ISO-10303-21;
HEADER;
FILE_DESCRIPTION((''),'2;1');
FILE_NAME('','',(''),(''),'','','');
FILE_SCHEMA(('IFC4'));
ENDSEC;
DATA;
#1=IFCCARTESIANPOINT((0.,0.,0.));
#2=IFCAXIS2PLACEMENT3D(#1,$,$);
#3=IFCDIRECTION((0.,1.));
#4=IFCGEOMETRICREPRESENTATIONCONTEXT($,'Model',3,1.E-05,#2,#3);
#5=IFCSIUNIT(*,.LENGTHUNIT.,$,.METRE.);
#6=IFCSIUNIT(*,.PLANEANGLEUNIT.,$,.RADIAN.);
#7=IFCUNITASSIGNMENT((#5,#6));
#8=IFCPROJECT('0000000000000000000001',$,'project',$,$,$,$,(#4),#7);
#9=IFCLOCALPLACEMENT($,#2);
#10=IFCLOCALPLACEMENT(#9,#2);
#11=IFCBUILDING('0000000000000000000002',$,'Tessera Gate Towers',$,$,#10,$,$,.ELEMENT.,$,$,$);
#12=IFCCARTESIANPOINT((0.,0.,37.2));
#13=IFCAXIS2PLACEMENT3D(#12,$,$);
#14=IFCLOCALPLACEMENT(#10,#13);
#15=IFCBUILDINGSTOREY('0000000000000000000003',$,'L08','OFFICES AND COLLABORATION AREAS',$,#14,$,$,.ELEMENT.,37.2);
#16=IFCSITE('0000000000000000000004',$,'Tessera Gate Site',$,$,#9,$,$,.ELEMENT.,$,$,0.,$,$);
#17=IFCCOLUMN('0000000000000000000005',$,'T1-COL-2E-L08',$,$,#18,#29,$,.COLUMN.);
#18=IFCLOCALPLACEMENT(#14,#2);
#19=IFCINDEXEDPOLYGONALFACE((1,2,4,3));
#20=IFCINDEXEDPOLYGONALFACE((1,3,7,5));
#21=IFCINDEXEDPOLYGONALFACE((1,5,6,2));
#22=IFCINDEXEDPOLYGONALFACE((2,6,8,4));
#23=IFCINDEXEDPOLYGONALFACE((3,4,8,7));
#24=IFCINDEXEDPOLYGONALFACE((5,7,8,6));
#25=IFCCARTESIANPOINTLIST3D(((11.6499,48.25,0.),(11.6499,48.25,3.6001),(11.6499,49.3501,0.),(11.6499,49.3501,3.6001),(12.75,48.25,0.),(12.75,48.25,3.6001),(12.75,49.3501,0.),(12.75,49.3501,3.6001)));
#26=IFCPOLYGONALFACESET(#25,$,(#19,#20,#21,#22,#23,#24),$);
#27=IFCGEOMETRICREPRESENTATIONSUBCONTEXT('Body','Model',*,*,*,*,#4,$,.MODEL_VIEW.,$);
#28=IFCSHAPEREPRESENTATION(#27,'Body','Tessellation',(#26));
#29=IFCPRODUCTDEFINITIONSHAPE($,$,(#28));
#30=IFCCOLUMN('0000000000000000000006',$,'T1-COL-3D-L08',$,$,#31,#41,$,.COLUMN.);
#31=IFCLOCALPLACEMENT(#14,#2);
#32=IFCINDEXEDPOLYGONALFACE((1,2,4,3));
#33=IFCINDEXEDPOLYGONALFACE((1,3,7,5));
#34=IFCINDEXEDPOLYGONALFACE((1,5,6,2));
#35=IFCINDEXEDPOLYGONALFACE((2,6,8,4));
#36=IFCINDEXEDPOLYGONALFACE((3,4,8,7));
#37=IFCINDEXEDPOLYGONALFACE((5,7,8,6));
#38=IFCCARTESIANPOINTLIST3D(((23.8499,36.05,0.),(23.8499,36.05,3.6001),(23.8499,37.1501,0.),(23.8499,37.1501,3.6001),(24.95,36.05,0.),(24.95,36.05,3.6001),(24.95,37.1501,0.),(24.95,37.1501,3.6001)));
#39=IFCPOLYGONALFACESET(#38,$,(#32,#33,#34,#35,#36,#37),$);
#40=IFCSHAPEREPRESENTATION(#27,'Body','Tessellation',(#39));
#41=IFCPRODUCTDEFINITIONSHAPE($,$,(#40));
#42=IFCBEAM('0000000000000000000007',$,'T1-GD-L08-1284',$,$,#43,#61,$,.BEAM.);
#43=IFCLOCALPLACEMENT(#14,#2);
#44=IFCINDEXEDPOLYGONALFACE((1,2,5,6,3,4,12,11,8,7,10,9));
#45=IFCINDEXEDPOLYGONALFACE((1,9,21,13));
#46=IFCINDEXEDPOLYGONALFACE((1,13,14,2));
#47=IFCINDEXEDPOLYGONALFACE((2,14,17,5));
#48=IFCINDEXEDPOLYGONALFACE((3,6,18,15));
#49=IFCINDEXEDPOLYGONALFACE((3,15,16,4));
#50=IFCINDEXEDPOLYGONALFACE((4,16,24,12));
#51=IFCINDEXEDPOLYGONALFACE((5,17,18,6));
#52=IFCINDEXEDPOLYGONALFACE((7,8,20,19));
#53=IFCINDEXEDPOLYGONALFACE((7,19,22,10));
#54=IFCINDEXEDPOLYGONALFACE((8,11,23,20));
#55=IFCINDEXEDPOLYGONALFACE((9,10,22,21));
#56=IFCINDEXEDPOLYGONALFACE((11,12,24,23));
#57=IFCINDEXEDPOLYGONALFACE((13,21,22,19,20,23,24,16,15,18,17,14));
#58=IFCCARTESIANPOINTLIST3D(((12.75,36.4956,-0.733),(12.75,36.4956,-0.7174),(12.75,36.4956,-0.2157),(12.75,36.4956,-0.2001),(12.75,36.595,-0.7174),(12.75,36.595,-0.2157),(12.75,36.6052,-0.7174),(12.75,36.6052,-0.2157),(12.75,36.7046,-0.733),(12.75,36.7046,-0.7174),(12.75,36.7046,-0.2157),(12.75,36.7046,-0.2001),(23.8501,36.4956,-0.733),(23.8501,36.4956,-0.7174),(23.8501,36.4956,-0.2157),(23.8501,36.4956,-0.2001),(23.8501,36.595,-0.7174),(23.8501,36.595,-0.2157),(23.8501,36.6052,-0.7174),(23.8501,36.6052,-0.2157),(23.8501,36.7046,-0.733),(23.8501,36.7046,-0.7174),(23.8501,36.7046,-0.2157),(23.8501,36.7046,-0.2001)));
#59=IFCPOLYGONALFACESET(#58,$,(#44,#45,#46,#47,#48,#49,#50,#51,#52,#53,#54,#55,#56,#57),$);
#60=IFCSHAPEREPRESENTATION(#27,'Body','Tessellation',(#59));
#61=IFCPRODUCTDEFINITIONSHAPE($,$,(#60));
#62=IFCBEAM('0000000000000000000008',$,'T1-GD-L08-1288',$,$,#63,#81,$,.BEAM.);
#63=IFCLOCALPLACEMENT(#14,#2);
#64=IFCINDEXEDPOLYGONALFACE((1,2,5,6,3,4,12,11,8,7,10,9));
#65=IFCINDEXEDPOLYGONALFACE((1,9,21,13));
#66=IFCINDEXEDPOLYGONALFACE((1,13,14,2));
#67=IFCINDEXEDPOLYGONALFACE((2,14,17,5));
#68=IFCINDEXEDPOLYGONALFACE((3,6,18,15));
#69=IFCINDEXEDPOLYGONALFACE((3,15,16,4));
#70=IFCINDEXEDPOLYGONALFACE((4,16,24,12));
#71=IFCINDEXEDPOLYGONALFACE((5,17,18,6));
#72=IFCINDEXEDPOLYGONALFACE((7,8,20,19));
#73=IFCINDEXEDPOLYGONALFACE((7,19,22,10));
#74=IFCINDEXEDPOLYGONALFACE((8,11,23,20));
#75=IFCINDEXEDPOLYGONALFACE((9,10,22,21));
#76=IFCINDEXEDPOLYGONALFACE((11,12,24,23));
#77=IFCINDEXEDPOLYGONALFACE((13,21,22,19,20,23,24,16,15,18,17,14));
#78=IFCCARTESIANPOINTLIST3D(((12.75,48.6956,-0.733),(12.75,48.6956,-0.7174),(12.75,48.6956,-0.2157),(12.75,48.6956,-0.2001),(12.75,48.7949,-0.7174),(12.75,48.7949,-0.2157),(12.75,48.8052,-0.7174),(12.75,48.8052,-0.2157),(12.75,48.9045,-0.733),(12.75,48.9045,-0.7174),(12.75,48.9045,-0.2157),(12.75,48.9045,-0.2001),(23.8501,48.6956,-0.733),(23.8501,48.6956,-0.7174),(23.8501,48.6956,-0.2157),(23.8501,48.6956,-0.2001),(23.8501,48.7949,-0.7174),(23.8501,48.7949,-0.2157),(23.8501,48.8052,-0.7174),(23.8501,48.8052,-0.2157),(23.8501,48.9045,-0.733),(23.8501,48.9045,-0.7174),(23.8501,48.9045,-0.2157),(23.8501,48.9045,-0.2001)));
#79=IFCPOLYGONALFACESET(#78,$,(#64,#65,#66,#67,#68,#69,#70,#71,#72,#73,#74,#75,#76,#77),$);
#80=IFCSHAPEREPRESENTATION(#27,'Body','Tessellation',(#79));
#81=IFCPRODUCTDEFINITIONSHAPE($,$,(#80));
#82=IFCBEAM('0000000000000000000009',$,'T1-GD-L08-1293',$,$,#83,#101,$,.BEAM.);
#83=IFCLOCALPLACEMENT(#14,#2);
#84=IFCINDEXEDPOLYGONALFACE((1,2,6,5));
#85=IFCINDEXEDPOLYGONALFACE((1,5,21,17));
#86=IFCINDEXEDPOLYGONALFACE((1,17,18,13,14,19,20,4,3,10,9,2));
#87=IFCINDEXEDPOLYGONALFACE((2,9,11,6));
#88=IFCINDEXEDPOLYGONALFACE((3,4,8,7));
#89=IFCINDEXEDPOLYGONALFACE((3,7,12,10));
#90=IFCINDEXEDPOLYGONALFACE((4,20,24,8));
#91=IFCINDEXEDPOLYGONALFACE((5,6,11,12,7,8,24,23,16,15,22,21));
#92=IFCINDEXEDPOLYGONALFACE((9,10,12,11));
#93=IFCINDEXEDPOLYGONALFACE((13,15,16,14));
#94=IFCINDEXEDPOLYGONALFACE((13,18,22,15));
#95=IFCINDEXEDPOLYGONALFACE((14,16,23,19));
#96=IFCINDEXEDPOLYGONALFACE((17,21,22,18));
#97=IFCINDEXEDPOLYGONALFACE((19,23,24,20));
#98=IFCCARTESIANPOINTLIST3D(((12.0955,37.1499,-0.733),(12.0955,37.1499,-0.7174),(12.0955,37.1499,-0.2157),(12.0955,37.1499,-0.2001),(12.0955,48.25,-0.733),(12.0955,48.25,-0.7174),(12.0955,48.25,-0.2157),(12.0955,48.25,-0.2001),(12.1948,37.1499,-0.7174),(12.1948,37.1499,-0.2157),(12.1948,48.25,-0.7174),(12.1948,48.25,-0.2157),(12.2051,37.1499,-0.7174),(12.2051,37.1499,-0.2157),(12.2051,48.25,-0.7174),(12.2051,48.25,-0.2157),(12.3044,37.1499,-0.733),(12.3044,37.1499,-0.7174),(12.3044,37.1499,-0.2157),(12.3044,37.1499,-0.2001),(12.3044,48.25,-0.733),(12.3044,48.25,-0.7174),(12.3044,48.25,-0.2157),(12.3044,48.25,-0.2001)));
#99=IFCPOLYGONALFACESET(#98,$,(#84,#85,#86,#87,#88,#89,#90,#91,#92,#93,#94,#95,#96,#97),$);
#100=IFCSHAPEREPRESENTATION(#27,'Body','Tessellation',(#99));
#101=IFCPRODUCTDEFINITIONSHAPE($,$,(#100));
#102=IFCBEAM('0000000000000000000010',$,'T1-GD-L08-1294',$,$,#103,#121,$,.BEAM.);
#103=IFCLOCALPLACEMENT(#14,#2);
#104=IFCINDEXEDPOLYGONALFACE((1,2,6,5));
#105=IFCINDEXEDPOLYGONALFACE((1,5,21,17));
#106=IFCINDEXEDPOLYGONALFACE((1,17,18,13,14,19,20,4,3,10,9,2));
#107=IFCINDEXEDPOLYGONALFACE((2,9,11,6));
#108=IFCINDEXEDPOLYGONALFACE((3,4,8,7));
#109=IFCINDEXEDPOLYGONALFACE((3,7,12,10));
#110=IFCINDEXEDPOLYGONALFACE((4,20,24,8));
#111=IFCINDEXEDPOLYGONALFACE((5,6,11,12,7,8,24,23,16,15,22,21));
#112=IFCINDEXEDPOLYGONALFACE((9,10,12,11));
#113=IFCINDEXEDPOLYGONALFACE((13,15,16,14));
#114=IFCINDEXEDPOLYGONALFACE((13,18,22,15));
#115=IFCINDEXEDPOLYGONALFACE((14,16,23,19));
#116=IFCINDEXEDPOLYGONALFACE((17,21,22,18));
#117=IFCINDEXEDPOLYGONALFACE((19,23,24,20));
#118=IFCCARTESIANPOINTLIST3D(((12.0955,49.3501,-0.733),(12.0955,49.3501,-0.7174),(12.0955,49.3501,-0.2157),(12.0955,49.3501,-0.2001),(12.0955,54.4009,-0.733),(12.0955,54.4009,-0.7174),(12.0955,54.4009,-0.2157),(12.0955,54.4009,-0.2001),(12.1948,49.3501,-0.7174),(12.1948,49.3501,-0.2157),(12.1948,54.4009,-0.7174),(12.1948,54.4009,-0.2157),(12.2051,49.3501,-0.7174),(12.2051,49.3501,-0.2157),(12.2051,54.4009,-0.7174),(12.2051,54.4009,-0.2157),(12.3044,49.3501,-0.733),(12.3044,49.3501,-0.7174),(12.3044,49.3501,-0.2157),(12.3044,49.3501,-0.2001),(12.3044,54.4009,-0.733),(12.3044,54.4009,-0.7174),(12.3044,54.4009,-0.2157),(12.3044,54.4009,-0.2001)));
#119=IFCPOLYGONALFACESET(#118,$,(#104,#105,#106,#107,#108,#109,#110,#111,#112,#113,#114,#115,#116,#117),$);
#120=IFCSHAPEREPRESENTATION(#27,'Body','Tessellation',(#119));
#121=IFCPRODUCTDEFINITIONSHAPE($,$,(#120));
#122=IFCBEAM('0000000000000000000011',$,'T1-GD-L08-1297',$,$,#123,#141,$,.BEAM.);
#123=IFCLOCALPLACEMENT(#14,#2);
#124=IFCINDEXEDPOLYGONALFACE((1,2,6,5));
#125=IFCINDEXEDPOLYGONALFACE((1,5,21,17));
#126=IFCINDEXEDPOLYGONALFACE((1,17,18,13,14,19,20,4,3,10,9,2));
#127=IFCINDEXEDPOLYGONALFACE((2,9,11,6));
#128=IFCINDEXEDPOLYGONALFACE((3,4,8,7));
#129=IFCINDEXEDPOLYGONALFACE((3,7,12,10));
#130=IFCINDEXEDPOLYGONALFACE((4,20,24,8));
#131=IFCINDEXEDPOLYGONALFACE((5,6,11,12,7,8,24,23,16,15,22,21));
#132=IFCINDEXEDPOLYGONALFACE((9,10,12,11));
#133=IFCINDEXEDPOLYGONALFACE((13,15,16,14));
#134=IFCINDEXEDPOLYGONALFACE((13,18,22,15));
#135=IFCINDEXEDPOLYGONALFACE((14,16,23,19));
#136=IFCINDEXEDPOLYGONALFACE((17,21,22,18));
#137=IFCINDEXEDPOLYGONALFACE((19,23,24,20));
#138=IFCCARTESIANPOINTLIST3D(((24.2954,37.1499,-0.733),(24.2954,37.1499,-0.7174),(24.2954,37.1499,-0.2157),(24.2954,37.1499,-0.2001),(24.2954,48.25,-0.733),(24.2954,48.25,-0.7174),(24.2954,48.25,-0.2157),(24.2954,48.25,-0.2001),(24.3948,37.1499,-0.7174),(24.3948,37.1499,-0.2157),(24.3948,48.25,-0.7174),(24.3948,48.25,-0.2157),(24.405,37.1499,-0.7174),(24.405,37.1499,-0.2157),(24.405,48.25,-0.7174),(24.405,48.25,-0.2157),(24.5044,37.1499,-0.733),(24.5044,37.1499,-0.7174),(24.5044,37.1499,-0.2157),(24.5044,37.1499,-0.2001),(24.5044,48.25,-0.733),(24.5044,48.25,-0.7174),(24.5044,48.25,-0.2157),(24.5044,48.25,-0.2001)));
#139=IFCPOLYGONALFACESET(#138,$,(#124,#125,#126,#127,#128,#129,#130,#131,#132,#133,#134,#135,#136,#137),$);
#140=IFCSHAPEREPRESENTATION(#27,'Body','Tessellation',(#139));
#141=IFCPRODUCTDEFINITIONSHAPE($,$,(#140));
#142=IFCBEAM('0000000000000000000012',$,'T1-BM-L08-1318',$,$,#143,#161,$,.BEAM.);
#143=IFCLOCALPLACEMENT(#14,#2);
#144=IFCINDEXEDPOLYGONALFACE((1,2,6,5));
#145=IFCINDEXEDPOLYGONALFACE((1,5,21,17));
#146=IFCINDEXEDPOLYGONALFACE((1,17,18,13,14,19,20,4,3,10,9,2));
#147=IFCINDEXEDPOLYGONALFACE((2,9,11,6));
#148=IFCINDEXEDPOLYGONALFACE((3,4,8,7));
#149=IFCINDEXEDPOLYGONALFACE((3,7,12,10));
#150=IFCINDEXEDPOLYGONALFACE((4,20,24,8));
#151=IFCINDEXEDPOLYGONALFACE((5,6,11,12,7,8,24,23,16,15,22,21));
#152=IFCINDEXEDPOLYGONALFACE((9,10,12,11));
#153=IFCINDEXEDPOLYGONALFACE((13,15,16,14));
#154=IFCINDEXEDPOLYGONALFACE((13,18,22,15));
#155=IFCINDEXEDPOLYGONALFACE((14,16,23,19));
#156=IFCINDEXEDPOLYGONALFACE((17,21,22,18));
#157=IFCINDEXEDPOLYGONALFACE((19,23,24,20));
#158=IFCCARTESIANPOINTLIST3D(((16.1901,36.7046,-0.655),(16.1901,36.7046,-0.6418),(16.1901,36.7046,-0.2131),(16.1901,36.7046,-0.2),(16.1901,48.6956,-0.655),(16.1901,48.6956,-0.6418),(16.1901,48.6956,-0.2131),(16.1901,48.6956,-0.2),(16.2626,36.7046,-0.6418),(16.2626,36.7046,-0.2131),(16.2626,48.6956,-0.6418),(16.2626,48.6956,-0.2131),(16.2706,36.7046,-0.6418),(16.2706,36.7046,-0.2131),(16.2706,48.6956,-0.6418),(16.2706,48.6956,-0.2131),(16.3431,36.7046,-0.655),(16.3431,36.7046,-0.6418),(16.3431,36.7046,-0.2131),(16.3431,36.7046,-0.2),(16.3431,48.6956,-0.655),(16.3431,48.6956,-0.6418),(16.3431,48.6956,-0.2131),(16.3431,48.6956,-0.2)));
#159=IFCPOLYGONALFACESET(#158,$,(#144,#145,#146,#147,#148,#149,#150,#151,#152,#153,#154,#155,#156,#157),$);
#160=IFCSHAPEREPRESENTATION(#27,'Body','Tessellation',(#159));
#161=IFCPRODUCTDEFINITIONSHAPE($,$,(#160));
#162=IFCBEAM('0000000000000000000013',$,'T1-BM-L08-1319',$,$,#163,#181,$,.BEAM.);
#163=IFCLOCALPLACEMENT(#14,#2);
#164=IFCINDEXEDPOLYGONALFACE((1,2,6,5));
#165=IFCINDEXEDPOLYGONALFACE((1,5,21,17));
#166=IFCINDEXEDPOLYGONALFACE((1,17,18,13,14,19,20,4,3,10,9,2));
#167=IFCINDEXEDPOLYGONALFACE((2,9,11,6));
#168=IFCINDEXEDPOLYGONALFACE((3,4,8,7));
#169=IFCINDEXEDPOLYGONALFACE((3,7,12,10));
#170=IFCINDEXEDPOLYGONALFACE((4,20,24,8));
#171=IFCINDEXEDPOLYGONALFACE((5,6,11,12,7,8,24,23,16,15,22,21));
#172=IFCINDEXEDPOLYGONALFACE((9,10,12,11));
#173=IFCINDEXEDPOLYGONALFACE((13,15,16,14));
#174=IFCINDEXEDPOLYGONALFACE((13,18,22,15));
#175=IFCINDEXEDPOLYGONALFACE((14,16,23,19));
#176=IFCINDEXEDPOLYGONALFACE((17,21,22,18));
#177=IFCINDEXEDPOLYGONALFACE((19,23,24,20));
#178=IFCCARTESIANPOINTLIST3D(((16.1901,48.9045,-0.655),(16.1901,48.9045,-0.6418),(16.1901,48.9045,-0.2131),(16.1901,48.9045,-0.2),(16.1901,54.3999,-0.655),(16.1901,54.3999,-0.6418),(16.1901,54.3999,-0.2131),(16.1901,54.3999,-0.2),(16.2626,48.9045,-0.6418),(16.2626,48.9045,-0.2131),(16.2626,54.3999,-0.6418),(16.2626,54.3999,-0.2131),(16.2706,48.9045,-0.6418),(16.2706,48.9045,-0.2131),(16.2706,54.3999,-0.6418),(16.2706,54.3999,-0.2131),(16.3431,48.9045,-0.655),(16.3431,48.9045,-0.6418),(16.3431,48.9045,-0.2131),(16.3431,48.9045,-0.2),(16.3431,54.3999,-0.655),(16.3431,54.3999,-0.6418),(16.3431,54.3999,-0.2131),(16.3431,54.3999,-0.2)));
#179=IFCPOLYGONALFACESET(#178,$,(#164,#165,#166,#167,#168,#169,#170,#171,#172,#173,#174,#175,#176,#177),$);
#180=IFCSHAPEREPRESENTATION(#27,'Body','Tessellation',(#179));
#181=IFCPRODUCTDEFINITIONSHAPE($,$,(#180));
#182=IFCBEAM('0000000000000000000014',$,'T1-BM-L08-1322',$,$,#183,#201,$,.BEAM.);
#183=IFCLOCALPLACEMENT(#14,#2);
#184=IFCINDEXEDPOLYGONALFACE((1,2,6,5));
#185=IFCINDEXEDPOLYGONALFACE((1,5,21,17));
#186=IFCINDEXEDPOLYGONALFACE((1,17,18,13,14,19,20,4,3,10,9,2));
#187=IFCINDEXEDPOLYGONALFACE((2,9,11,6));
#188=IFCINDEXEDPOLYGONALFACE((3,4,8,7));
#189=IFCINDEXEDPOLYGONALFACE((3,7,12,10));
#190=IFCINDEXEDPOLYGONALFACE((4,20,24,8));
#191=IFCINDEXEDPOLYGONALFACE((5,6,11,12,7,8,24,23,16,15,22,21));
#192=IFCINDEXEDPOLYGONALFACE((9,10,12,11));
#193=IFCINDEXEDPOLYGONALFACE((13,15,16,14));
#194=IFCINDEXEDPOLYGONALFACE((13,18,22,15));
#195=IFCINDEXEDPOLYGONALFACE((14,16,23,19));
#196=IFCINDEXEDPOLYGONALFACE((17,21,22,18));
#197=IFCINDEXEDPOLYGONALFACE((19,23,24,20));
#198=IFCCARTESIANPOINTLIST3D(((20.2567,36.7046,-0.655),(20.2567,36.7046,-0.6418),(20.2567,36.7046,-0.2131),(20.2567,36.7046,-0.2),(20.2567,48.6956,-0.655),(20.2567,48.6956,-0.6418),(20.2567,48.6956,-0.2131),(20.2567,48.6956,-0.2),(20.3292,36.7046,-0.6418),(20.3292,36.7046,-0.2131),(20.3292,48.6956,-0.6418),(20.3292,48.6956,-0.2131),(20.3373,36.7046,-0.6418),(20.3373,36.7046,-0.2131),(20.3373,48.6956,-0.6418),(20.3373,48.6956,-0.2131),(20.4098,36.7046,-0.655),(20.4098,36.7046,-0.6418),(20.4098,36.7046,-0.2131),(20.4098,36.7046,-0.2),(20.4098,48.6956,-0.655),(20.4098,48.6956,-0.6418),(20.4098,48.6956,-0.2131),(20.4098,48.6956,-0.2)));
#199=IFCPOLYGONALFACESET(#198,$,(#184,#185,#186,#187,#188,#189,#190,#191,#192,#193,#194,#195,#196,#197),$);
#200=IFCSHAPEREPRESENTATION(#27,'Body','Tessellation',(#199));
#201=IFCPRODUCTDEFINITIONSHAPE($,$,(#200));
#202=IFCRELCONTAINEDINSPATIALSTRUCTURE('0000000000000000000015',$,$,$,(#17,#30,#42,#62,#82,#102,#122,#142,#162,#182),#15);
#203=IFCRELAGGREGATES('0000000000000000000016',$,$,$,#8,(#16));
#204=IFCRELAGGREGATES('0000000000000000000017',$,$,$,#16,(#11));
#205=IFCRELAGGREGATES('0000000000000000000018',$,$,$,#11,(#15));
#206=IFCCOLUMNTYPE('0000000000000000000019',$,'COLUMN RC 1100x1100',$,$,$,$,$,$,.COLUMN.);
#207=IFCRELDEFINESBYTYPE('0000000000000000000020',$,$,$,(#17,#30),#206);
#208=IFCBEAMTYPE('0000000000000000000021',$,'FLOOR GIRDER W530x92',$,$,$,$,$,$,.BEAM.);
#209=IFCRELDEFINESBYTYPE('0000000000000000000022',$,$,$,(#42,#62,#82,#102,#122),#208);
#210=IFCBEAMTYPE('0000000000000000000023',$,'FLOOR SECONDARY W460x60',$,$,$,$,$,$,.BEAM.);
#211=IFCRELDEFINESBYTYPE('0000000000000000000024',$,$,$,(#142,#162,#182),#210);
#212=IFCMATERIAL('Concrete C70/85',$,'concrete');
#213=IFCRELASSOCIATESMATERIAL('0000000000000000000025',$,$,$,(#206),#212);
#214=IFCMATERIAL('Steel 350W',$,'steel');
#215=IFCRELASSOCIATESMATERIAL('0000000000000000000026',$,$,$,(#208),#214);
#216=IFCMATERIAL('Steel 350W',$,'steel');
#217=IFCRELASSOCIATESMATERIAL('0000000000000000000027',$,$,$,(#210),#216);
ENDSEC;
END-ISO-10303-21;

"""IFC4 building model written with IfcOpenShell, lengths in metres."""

from ifc_helpers import new_model, si_unit, direction, frame, origin, origin_2d, place, context, subcontext, project, spatial, rectangle, i_section, extrude, material, material_profile, profile_set, type_object, element, save


model = new_model("IFC4")

# Units and contexts
model_context = context("Model", 3, precision=1e-05, world=origin(), true_north=direction((0.0, 1.0)))
body_context = subcontext(model_context, "Body", "Model", "MODEL_VIEW")
ifc_project = project(units=[si_unit("LENGTHUNIT", "METRE"), si_unit("PLANEANGLEUNIT", "RADIAN")], contexts=[model_context])

# Site, building, storey
site_placement = place(None, origin())
site = spatial("IfcSite", under=ifc_project, at=site_placement, Name="Tessera Gate Site", CompositionType="ELEMENT", RefElevation=0.0)
building_placement = place(site_placement, origin())
building = spatial("IfcBuilding", under=site, at=building_placement, Name="Tessera Gate Towers", CompositionType="ELEMENT")
storey_placement = place(building_placement, frame((0.0, 0.0, 37.2)))
storey = spatial("IfcBuildingStorey", under=building, at=storey_placement, Name="L08", Description="OFFICES AND COLLABORATION AREAS", CompositionType="ELEMENT", Elevation=37.2)

# Columns
ifc_material_1 = material(Name="Concrete C70/85", Category="concrete")
ifc_material_profile_1 = material_profile(ifc_material_1, rectangle(XDim=1.1001, YDim=1.1001, at=origin_2d()), Name="RC 1100x1100")
ifc_profile_set_1 = profile_set([ifc_material_profile_1], Name="Concrete C70/85")
column_type = type_object("IfcColumnType", Name="COLUMN RC 1100x1100", PredefinedType="COLUMN", material=ifc_profile_set_1)
for number, where, z_axis, x_axis, name in (
    (1, (12.2, 48.8, 0.0), (0.0, 0.0, 1.0), (1.0, 0.0, 0.0), "T1-COL-2E-L08"),
    (2, (24.3999, 36.6001, 0.0), (0.0, 0.0, 1.0), (1.0, 0.0, 0.0), "T1-COL-3D-L08"),
):
    element("IfcColumn", number, at=place(storey_placement, frame(where, z_axis=z_axis, x_axis=x_axis)), inside=storey, type_object=column_type, Name=name, PredefinedType="COLUMN", context=body_context, shape_type="SweptSolid", body=[
        extrude(rectangle(XDim=1.1001, YDim=1.1001, at=origin_2d()), origin(), (0.0, 0.0, 1.0), 3.6001),
    ])

# Beams
ifc_material_2 = material(Name="Steel 350W", Category="steel")
ifc_material_profile_2 = material_profile(ifc_material_2, i_section(OverallWidth=0.209, OverallDepth=0.533, WebThickness=0.0103, FlangeThickness=0.0156, at=origin_2d()), Name="W530x92")
ifc_profile_set_2 = profile_set([ifc_material_profile_2], Name="Steel 350W")
beam_type_1 = type_object("IfcBeamType", Name="FLOOR GIRDER W530x92", PredefinedType="BEAM", material=ifc_profile_set_2)
for number, where, z_axis, x_axis, name in (
    (3, (12.75, 36.6001, -0.4666), (1.0, 0.0, 0.0), (0.0, 1.0, 0.0), "T1-GD-L08-1284"),
    (4, (12.75, 48.8, -0.4666), (1.0, 0.0, 0.0), (0.0, 1.0, 0.0), "T1-GD-L08-1288"),
    (5, (12.2, 37.1499, -0.4666), (0.0, 1.0, 0.0), (-1.0, 0.0, 0.0), "T1-GD-L08-1293"),
):
    element("IfcBeam", number, at=place(storey_placement, frame(where, z_axis=z_axis, x_axis=x_axis)), inside=storey, type_object=beam_type_1, Name=name, PredefinedType="BEAM", context=body_context, shape_type="SweptSolid", body=[
        extrude(i_section(OverallWidth=0.209, OverallDepth=0.533, WebThickness=0.0103, FlangeThickness=0.0156, at=origin_2d()), origin(), (0.0, 0.0, 1.0), 11.1001),
    ])
beam_1_placement = place(storey_placement, frame((12.2, 49.3501, -0.4666), z_axis=(0.0, 1.0, 0.0), x_axis=(-1.0, 0.0, 0.0)))
element("IfcBeam", 6, at=beam_1_placement, inside=storey, type_object=beam_type_1, Name="T1-GD-L08-1294", PredefinedType="BEAM", context=body_context, shape_type="SweptSolid", body=[
    extrude(i_section(OverallWidth=0.209, OverallDepth=0.533, WebThickness=0.0103, FlangeThickness=0.0156, at=origin_2d()), origin(), (0.0, 0.0, 1.0), 5.0508),
])
beam_2_placement = place(storey_placement, frame((24.3999, 37.1499, -0.4666), z_axis=(0.0, 1.0, 0.0), x_axis=(-1.0, 0.0, 0.0)))
element("IfcBeam", 7, at=beam_2_placement, inside=storey, type_object=beam_type_1, Name="T1-GD-L08-1297", PredefinedType="BEAM", context=body_context, shape_type="SweptSolid", body=[
    extrude(i_section(OverallWidth=0.209, OverallDepth=0.533, WebThickness=0.0103, FlangeThickness=0.0156, at=origin_2d()), origin(), (0.0, 0.0, 1.0), 11.1001),
])
ifc_material_3 = material(Name="Steel 350W", Category="steel")
ifc_material_profile_3 = material_profile(ifc_material_3, i_section(OverallWidth=0.1531, OverallDepth=0.4551, WebThickness=0.0081, FlangeThickness=0.0132, at=origin_2d()), Name="W460x60")
ifc_profile_set_3 = profile_set([ifc_material_profile_3], Name="Steel 350W")
beam_type_2 = type_object("IfcBeamType", Name="FLOOR SECONDARY W460x60", PredefinedType="BEAM", material=ifc_profile_set_3)
beam_3_placement = place(storey_placement, frame((16.2666, 36.7046, -0.4275), z_axis=(0.0, 1.0, 0.0), x_axis=(-1.0, 0.0, 0.0)))
element("IfcBeam", 8, at=beam_3_placement, inside=storey, type_object=beam_type_2, Name="T1-BM-L08-1318", PredefinedType="BEAM", context=body_context, shape_type="SweptSolid", body=[
    extrude(i_section(OverallWidth=0.1531, OverallDepth=0.4551, WebThickness=0.0081, FlangeThickness=0.0132, at=origin_2d()), origin(), (0.0, 0.0, 1.0), 11.991),
])
beam_4_placement = place(storey_placement, frame((16.2666, 48.9045, -0.4275), z_axis=(0.0, 1.0, 0.0), x_axis=(-1.0, 0.0, 0.0)))
element("IfcBeam", 9, at=beam_4_placement, inside=storey, type_object=beam_type_2, Name="T1-BM-L08-1319", PredefinedType="BEAM", context=body_context, shape_type="SweptSolid", body=[
    extrude(i_section(OverallWidth=0.1531, OverallDepth=0.4551, WebThickness=0.0081, FlangeThickness=0.0132, at=origin_2d()), origin(), (0.0, 0.0, 1.0), 5.4954),
])
beam_5_placement = place(storey_placement, frame((20.3333, 36.7046, -0.4275), z_axis=(0.0, 1.0, 0.0), x_axis=(-1.0, 0.0, 0.0)))
element("IfcBeam", 10, at=beam_5_placement, inside=storey, type_object=beam_type_2, Name="T1-BM-L08-1322", PredefinedType="BEAM", context=body_context, shape_type="SweptSolid", body=[
    extrude(i_section(OverallWidth=0.1531, OverallDepth=0.4551, WebThickness=0.0081, FlangeThickness=0.0132, at=origin_2d()), origin(), (0.0, 0.0, 1.0), 11.991),
])

save(model, "model.ifc")
